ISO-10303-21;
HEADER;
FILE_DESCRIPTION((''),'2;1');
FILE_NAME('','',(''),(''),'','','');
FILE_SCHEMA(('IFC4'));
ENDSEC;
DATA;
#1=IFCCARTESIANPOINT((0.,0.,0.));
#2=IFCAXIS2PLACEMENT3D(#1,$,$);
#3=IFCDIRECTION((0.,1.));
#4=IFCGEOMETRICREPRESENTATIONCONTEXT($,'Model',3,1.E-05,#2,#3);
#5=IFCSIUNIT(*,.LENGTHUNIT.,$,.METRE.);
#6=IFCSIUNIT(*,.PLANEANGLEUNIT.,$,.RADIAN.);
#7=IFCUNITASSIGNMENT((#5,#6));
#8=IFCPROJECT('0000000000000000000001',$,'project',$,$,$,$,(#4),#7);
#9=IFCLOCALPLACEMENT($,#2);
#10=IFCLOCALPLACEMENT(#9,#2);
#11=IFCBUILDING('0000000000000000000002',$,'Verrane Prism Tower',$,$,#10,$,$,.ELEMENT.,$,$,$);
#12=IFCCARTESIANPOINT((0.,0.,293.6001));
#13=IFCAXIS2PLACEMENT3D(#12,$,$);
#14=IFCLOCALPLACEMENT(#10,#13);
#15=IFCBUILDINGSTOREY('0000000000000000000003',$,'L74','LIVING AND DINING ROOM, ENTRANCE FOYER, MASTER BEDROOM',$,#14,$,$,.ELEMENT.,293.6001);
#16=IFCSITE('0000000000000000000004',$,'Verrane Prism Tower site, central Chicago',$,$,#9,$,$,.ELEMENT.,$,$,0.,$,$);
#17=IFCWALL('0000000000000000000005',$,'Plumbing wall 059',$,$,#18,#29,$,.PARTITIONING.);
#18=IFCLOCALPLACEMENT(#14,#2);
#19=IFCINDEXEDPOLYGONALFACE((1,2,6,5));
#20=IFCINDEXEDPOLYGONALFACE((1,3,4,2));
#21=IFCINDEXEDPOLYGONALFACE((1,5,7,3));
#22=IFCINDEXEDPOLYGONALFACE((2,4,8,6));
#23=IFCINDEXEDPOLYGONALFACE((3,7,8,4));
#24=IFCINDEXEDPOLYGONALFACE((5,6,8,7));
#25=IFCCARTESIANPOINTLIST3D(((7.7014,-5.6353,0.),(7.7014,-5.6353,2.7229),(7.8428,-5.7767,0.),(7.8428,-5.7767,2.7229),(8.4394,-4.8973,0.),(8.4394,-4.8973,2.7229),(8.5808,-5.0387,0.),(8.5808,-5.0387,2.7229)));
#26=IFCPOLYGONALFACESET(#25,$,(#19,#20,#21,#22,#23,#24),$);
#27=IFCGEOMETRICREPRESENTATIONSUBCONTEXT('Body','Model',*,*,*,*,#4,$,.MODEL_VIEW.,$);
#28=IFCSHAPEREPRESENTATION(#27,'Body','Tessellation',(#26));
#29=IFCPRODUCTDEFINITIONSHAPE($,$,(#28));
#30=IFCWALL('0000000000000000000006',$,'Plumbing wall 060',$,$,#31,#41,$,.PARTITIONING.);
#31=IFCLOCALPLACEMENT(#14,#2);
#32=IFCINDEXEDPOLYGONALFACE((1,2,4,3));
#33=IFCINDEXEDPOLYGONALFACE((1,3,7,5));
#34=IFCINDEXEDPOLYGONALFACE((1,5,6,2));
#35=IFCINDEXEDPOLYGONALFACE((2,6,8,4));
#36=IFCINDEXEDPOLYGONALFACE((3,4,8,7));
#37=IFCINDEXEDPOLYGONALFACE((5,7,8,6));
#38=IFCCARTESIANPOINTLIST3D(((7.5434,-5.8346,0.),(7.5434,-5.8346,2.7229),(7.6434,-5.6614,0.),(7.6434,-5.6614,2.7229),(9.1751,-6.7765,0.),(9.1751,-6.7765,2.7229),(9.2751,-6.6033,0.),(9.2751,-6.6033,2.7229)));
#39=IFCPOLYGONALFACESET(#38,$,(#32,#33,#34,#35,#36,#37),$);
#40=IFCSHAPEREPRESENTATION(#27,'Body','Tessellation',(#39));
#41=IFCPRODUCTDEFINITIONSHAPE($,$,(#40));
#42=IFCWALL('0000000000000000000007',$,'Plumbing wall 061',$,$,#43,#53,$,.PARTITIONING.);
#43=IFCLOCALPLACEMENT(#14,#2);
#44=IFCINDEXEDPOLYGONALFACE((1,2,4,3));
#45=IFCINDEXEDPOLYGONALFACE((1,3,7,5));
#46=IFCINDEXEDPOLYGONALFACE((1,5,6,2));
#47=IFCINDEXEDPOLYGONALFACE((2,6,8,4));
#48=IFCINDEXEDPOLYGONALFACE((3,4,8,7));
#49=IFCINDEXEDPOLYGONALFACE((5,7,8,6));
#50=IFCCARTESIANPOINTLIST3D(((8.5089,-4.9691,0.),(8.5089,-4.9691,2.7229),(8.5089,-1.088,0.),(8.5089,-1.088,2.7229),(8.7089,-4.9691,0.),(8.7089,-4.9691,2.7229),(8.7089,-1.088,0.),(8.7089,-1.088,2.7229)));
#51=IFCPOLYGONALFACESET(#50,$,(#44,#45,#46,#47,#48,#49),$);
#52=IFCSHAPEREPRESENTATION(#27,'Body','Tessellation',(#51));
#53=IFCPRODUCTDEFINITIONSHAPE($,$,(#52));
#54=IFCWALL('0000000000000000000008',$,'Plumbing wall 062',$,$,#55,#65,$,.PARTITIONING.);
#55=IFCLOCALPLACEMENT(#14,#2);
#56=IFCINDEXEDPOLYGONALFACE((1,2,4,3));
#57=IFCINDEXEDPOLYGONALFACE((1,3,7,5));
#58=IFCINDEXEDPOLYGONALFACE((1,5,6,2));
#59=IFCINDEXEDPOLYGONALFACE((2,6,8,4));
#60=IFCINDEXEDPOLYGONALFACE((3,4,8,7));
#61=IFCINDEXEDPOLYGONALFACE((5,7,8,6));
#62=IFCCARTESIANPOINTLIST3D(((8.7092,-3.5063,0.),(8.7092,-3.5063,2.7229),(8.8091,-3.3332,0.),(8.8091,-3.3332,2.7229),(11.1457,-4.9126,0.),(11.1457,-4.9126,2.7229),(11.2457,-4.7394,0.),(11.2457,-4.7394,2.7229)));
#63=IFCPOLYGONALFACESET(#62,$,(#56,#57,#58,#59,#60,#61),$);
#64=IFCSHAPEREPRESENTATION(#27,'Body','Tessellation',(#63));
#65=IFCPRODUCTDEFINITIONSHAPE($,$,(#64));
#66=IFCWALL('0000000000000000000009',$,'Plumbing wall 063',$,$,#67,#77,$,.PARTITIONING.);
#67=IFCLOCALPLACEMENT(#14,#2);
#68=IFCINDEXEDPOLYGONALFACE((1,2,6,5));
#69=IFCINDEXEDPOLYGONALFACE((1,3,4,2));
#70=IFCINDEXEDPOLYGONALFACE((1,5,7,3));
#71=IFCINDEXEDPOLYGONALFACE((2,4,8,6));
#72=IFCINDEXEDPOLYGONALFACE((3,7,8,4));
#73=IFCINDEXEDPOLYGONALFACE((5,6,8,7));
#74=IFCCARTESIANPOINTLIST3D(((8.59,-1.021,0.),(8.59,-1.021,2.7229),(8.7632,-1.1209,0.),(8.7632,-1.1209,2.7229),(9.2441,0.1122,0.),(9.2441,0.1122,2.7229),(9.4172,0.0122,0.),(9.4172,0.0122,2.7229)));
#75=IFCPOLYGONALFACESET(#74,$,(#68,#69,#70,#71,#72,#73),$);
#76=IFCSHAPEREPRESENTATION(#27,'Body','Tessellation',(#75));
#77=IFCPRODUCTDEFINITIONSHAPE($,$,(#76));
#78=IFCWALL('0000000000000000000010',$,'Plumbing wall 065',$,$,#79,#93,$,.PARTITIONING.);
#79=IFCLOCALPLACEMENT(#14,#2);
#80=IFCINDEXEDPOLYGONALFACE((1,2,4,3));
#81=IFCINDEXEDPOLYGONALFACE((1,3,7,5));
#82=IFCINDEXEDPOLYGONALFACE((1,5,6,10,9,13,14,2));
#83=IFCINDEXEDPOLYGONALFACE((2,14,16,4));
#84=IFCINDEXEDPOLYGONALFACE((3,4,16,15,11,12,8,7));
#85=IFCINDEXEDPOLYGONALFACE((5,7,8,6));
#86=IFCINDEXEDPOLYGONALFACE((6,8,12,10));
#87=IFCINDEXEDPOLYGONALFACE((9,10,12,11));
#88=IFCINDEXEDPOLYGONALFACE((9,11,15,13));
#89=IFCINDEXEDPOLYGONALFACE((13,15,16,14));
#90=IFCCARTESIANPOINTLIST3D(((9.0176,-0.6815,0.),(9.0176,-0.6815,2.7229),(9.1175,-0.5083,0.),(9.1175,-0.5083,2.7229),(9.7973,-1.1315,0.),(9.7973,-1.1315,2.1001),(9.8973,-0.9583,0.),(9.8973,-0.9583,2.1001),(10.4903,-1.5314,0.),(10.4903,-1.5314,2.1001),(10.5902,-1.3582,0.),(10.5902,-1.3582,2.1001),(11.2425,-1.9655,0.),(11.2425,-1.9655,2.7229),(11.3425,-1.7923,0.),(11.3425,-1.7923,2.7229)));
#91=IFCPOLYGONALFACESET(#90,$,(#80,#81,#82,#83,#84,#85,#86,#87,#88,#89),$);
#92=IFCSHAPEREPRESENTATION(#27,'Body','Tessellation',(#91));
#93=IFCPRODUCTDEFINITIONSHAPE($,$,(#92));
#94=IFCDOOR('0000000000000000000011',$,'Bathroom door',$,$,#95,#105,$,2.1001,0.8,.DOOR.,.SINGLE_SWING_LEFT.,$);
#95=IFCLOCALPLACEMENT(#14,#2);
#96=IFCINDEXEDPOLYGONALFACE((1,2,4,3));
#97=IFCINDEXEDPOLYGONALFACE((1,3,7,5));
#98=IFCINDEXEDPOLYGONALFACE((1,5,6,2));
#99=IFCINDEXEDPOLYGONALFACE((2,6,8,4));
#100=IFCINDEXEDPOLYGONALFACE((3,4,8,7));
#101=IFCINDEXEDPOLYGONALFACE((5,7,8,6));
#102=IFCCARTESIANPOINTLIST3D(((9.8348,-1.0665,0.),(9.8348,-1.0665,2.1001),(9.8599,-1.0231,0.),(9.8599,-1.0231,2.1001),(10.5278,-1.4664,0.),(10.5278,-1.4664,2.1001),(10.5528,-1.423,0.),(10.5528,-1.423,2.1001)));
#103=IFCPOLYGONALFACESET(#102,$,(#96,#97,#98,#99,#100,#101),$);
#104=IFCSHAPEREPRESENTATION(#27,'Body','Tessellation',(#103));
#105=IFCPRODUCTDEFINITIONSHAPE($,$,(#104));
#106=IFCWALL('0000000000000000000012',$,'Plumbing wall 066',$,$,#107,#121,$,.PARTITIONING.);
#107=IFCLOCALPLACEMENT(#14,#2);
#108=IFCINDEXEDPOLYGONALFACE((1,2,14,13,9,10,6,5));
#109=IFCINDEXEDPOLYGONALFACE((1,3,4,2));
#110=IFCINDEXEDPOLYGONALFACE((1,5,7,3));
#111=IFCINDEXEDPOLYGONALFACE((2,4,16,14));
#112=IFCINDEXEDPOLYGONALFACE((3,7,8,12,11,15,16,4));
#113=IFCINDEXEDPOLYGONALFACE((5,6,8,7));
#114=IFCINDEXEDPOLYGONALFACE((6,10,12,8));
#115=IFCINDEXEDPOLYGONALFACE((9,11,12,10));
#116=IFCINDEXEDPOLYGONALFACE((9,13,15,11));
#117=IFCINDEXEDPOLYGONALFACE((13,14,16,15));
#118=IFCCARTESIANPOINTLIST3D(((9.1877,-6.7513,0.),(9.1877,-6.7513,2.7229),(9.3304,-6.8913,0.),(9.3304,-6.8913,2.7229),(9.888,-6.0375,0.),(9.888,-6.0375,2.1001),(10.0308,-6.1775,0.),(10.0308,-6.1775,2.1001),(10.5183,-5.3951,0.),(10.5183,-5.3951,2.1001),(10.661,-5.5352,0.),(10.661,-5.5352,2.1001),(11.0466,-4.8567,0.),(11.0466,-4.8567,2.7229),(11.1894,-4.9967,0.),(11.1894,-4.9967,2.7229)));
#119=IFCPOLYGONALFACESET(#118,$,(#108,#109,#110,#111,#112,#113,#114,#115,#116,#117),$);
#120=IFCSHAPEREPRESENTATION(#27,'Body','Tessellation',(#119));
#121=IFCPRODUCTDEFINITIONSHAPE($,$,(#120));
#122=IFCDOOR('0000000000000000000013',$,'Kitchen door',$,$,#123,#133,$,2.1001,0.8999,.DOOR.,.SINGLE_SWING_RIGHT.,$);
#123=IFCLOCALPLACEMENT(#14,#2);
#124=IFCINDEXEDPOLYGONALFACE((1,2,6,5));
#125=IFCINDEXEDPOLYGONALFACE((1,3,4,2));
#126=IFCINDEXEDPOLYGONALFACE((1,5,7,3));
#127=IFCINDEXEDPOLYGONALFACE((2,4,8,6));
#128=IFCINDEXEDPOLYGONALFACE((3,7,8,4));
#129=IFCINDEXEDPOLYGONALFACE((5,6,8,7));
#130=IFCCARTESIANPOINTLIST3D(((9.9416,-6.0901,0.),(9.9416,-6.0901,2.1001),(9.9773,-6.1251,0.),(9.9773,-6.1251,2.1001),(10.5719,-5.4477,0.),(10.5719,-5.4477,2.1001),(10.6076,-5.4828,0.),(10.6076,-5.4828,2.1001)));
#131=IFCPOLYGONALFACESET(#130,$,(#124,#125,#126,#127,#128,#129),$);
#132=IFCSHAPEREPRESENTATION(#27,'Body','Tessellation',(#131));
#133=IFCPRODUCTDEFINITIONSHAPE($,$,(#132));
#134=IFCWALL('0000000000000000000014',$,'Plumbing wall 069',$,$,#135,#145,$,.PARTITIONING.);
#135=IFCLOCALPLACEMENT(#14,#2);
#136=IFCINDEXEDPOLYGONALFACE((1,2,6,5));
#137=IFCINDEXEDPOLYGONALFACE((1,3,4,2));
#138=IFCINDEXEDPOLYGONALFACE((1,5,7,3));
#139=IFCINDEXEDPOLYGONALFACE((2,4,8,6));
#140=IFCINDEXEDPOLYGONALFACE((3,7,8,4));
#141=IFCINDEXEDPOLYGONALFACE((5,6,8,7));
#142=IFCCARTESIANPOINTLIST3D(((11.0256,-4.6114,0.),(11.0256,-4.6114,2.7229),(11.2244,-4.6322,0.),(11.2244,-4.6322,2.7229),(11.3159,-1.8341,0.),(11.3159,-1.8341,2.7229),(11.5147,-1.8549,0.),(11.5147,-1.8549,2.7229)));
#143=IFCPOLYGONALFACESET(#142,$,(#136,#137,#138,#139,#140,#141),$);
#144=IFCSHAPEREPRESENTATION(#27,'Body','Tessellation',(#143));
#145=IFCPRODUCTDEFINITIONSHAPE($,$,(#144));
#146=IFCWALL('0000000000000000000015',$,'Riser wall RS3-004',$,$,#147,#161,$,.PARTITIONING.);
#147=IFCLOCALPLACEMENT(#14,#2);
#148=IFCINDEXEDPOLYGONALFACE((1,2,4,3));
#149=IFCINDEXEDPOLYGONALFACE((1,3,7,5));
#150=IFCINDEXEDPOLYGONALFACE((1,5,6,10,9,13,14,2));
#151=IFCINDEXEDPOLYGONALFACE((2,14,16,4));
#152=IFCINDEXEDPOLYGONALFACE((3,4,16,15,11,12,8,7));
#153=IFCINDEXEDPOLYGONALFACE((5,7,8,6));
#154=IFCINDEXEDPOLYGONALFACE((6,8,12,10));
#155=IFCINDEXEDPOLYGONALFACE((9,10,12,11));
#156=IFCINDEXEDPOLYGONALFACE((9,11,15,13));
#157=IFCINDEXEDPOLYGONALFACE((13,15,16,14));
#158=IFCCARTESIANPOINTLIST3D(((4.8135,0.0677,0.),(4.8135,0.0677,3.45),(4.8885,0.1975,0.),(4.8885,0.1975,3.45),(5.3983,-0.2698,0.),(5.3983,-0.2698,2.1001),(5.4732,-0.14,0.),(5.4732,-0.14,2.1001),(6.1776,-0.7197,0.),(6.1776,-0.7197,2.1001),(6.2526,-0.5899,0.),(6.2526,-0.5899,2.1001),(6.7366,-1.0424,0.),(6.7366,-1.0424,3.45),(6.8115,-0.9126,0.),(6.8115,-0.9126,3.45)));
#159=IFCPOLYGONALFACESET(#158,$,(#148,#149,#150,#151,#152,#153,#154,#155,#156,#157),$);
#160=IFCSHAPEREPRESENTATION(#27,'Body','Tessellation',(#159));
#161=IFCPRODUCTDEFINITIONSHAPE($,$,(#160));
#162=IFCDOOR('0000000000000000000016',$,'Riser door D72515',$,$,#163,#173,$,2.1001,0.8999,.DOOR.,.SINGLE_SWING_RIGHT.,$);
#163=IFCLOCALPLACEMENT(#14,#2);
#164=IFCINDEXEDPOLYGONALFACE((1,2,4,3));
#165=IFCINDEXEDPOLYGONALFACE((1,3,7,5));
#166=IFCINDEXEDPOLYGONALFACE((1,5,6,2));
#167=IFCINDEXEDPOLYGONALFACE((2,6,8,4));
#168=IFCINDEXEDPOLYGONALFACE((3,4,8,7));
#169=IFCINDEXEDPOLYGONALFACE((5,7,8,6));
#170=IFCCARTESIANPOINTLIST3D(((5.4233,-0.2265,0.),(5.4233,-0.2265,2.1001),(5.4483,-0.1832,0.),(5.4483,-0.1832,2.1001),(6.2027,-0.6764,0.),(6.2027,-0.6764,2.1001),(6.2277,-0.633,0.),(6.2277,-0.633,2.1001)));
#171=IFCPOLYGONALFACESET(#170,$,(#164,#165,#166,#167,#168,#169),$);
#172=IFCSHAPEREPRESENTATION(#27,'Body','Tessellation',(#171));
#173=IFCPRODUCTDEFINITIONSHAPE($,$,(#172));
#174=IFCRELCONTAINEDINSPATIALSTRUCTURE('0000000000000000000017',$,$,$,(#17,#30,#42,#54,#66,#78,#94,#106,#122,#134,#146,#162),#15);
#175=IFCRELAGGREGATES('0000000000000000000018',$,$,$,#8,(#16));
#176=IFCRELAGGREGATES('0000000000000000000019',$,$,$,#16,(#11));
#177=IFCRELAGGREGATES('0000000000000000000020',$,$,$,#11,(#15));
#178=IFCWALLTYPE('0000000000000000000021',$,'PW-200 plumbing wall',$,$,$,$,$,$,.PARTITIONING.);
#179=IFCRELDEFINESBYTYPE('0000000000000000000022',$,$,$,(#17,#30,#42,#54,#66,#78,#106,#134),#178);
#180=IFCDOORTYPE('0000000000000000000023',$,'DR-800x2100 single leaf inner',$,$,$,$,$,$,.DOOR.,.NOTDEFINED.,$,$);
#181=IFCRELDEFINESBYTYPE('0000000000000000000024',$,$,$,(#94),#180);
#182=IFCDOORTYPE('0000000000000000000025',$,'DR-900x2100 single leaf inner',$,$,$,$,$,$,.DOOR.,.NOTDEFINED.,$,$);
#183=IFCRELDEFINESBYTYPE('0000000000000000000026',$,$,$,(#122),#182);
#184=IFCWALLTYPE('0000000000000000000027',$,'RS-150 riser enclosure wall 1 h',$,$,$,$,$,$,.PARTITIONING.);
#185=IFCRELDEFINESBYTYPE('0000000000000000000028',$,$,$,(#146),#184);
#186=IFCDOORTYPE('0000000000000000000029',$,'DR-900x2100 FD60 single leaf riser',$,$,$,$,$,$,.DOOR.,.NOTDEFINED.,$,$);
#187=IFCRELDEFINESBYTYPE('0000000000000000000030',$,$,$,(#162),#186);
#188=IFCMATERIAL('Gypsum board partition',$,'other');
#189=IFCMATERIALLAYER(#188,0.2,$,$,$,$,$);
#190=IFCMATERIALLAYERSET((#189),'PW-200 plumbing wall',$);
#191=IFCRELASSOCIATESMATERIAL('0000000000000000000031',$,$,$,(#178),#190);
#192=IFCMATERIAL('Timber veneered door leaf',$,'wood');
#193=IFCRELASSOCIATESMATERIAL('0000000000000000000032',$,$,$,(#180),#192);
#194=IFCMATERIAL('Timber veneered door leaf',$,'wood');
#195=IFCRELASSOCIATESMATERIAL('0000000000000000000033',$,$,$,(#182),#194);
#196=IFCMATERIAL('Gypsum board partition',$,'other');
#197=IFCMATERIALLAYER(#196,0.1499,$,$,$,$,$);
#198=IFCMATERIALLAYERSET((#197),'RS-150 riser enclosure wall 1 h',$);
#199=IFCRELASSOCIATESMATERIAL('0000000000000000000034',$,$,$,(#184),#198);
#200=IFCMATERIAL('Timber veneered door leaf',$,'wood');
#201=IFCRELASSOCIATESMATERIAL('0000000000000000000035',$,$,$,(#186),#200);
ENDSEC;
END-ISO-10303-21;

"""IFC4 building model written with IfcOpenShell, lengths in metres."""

from ifc_helpers import new_model, si_unit, direction, frame, frame_2d, origin, place, context, subcontext, project, spatial, rectangle, extrude, material, layer, layer_set, type_object, element, fill, save


model = new_model("IFC4")

# Units and contexts
model_context = context("Model", 3, precision=1e-05, world=origin(), true_north=direction((0.0, 1.0)))
body_context = subcontext(model_context, "Body", "Model", "MODEL_VIEW")
ifc_project = project(units=[si_unit("LENGTHUNIT", "METRE"), si_unit("PLANEANGLEUNIT", "RADIAN")], contexts=[model_context])

# Site, building, storey
site_placement = place(None, origin())
site = spatial("IfcSite", under=ifc_project, at=site_placement, Name="Verrane Prism Tower site, central Chicago", CompositionType="ELEMENT", RefElevation=0.0)
building_placement = place(site_placement, origin())
building = spatial("IfcBuilding", under=site, at=building_placement, Name="Verrane Prism Tower", CompositionType="ELEMENT")
storey_placement = place(building_placement, frame((0.0, 0.0, 293.6001)))
storey = spatial("IfcBuildingStorey", under=building, at=storey_placement, Name="L74", Description="LIVING AND DINING ROOM, ENTRANCE FOYER, MASTER BEDROOM", CompositionType="ELEMENT", Elevation=293.6001)

# Walls
ifc_material_1 = material(Name="Gypsum board partition", Category="other")
ifc_layer_1 = layer(ifc_material_1, 0.2)
ifc_layer_set_1 = layer_set([ifc_layer_1], Name="PW-200 plumbing wall")
wall_type_1 = type_object("IfcWallType", Name="PW-200 plumbing wall", PredefinedType="PARTITIONING", material=ifc_layer_set_1)
wall_1_placement = place(storey_placement, frame((7.772, -5.7061, 0.0), z_axis=(0.0, 0.0, 1.0), x_axis=(0.707107, 0.707107, 0.0)))
element("IfcWall", 1, at=wall_1_placement, inside=storey, type_object=wall_type_1, Name="Plumbing wall 059", PredefinedType="PARTITIONING", context=body_context, shape_type="SweptSolid", body=[
    extrude(rectangle(XDim=1.0437, YDim=0.2, at=frame_2d((0.522, 0.0))), origin(), (0.0, 0.0, 1.0), 2.7229),
])
wall_2_placement = place(storey_placement, frame((7.5935, -5.748, 0.0), z_axis=(0.0, 0.0, 1.0), x_axis=(0.86605, -0.499958, 0.0)))
element("IfcWall", 2, at=wall_2_placement, inside=storey, type_object=wall_type_1, Name="Plumbing wall 060", PredefinedType="PARTITIONING", context=body_context, shape_type="SweptSolid", body=[
    extrude(rectangle(XDim=1.884, YDim=0.2, at=frame_2d((0.9419, 0.0))), origin(), (0.0, 0.0, 1.0), 2.7229),
])
wall_3_placement = place(storey_placement, frame((8.6089, -4.969, 0.0), z_axis=(0.0, 0.0, 1.0), x_axis=(0.0, 1.0, 0.0)))
element("IfcWall", 3, at=wall_3_placement, inside=storey, type_object=wall_type_1, Name="Plumbing wall 061", PredefinedType="PARTITIONING", context=body_context, shape_type="SweptSolid", body=[
    extrude(rectangle(XDim=3.8811, YDim=0.2, at=frame_2d((1.9404, 0.0))), origin(), (0.0, 0.0, 1.0), 2.7229),
])
wall_4_placement = place(storey_placement, frame((8.759, -3.4197, 0.0), z_axis=(0.0, 0.0, 1.0), x_axis=(0.866099, -0.499873, 0.0)))
element("IfcWall", 4, at=wall_4_placement, inside=storey, type_object=wall_type_1, Name="Plumbing wall 062", PredefinedType="PARTITIONING", context=body_context, shape_type="SweptSolid", body=[
    extrude(rectangle(XDim=2.8132, YDim=0.2, at=frame_2d((1.4067, 0.0))), origin(), (0.0, 0.0, 1.0), 2.7229),
])
wall_5_placement = place(storey_placement, frame((8.6765, -1.071, 0.0), z_axis=(0.0, 0.0, 1.0), x_axis=(0.499932, 0.866064, 0.0)))
element("IfcWall", 5, at=wall_5_placement, inside=storey, type_object=wall_type_1, Name="Plumbing wall 063", PredefinedType="PARTITIONING", context=body_context, shape_type="SweptSolid", body=[
    extrude(rectangle(XDim=1.3083, YDim=0.2, at=frame_2d((0.6543, 0.0))), origin(), (0.0, 0.0, 1.0), 2.7229),
])

# Walls, openings, doors
wall_6_placement = place(storey_placement, frame((11.2925, -1.8789, 0.0), z_axis=(0.0, 0.0, 1.0), x_axis=(-0.866124, 0.499829, 0.0)))
wall_6 = element("IfcWall", 6, at=wall_6_placement, inside=storey, type_object=wall_type_1, Name="Plumbing wall 065", PredefinedType="PARTITIONING", context=body_context, shape_type="SweptSolid", body=[
    extrude(rectangle(XDim=2.5688, YDim=0.2, at=frame_2d((1.2844, 0.0))), origin(), (0.0, 0.0, 1.0), 2.7229),
])
opening_1_placement = place(wall_6_placement, frame((0.8687, 0.0, 0.0)))
opening_1 = element("IfcOpeningElement", 7, at=opening_1_placement, cuts=wall_6, PredefinedType="OPENING", context=body_context, shape_type="SweptSolid", body=[
    extrude(rectangle(XDim=0.8, YDim=2.1001, at=frame_2d((0.3999, 1.05))), frame((0.0, 0.1099, 0.0), z_axis=(0.0, -1.0, 0.0), x_axis=(1.0, 0.0, 0.0)), (0.0, 0.0, 1.0), 0.22),
])
ifc_material_2 = material(Name="Timber veneered door leaf", Category="wood")
door_type_1 = type_object("IfcDoorType", Name="DR-800x2100 single leaf inner", OperationType="NOTDEFINED", PredefinedType="DOOR", material=ifc_material_2)
door_1_placement = place(opening_1_placement, origin())
door_1 = element("IfcDoor", 8, at=door_1_placement, inside=storey, type_object=door_type_1, Name="Bathroom door", OperationType="SINGLE_SWING_LEFT", OverallHeight=2.1001, OverallWidth=0.8, PredefinedType="DOOR", context=body_context, shape_type="SweptSolid", body=[
    extrude(rectangle(XDim=0.8, YDim=2.1001, at=frame_2d((0.3999, 1.05))), frame((0.0, 0.0249, 0.0), z_axis=(0.0, -1.0, 0.0), x_axis=(1.0, 0.0, 0.0)), (0.0, 0.0, 1.0), 0.05),
])
fill(opening_1, door_1)
wall_7_placement = place(storey_placement, frame((9.259, -6.8213, 0.0), z_axis=(0.0, 0.0, 1.0), x_axis=(0.70036, 0.71379, 0.0)))
wall_7 = element("IfcWall", 9, at=wall_7_placement, inside=storey, type_object=wall_type_1, Name="Plumbing wall 066", PredefinedType="PARTITIONING", context=body_context, shape_type="SweptSolid", body=[
    extrude(rectangle(XDim=2.6543, YDim=0.2, at=frame_2d((1.3271, 0.0))), origin(), (0.0, 0.0, 1.0), 2.7229),
])
opening_2_placement = place(wall_7_placement, frame((1.0, 0.0, 0.0)))
opening_2 = element("IfcOpeningElement", 10, at=opening_2_placement, cuts=wall_7, PredefinedType="OPENING", context=body_context, shape_type="SweptSolid", body=[
    extrude(rectangle(XDim=0.8999, YDim=2.1001, at=frame_2d((0.45, 1.05))), frame((0.0, 0.1099, 0.0), z_axis=(0.0, -1.0, 0.0), x_axis=(1.0, 0.0, 0.0)), (0.0, 0.0, 1.0), 0.22),
])
ifc_material_3 = material(Name="Timber veneered door leaf", Category="wood")
door_type_2 = type_object("IfcDoorType", Name="DR-900x2100 single leaf inner", OperationType="NOTDEFINED", PredefinedType="DOOR", material=ifc_material_3)
door_2_placement = place(opening_2_placement, origin())
door_2 = element("IfcDoor", 11, at=door_2_placement, inside=storey, type_object=door_type_2, Name="Kitchen door", OperationType="SINGLE_SWING_RIGHT", OverallHeight=2.1001, OverallWidth=0.8999, PredefinedType="DOOR", context=body_context, shape_type="SweptSolid", body=[
    extrude(rectangle(XDim=0.8999, YDim=2.1001, at=frame_2d((0.45, 1.05))), frame((0.0, 0.0249, 0.0), z_axis=(0.0, -1.0, 0.0), x_axis=(1.0, 0.0, 0.0)), (0.0, 0.0, 1.0), 0.05),
])
fill(opening_2, door_2)

# Wall
wall_8_placement = place(storey_placement, frame((11.125, -4.6218, 0.0), z_axis=(0.0, 0.0, 1.0), x_axis=(0.103952, 0.994582, 0.0)))
element("IfcWall", 12, at=wall_8_placement, inside=storey, type_object=wall_type_1, Name="Plumbing wall 069", PredefinedType="PARTITIONING", context=body_context, shape_type="SweptSolid", body=[
    extrude(rectangle(XDim=2.7925, YDim=0.2, at=frame_2d((1.3962, 0.0))), origin(), (0.0, 0.0, 1.0), 2.7229),
])

# Wall, opening, door
ifc_material_4 = material(Name="Gypsum board partition", Category="other")
ifc_layer_2 = layer(ifc_material_4, 0.1499)
ifc_layer_set_2 = layer_set([ifc_layer_2], Name="RS-150 riser enclosure wall 1 h")
wall_type_2 = type_object("IfcWallType", Name="RS-150 riser enclosure wall 1 h", PredefinedType="PARTITIONING", material=ifc_layer_set_2)
wall_9_placement = place(storey_placement, frame((6.7742, -0.9775, 0.0), z_axis=(0.0, 0.0, 1.0), x_axis=(-0.866063, 0.499935, 0.0)))
wall_9 = element("IfcWall", 13, at=wall_9_placement, inside=storey, type_object=wall_type_2, Name="Riser wall RS3-004", PredefinedType="PARTITIONING", context=body_context, shape_type="SweptSolid", body=[
    extrude(rectangle(XDim=2.2205, YDim=0.1499, at=frame_2d((1.1104, 0.0))), origin(), (0.0, 0.0, 1.0), 3.45),
])
opening_3_placement = place(wall_9_placement, frame((0.6455, 0.0, 0.0)))
opening_3 = element("IfcOpeningElement", 14, at=opening_3_placement, cuts=wall_9, PredefinedType="OPENING", context=body_context, shape_type="SweptSolid", body=[
    extrude(rectangle(XDim=0.8999, YDim=2.1001, at=frame_2d((0.45, 1.05))), frame((0.0, 0.085, 0.0), z_axis=(0.0, -1.0, 0.0), x_axis=(1.0, 0.0, 0.0)), (0.0, 0.0, 1.0), 0.1699),
])
ifc_material_5 = material(Name="Timber veneered door leaf", Category="wood")
door_type_3 = type_object("IfcDoorType", Name="DR-900x2100 FD60 single leaf riser", OperationType="NOTDEFINED", PredefinedType="DOOR", material=ifc_material_5)
door_3_placement = place(opening_3_placement, origin())
door_3 = element("IfcDoor", 15, at=door_3_placement, inside=storey, type_object=door_type_3, Name="Riser door D72515", OperationType="SINGLE_SWING_RIGHT", OverallHeight=2.1001, OverallWidth=0.8999, PredefinedType="DOOR", context=body_context, shape_type="SweptSolid", body=[
    extrude(rectangle(XDim=0.8999, YDim=2.1001, at=frame_2d((0.45, 1.05))), frame((0.0, 0.0249, 0.0), z_axis=(0.0, -1.0, 0.0), x_axis=(1.0, 0.0, 0.0)), (0.0, 0.0, 1.0), 0.05),
])
fill(opening_3, door_3)

save(model, "model.ifc")
